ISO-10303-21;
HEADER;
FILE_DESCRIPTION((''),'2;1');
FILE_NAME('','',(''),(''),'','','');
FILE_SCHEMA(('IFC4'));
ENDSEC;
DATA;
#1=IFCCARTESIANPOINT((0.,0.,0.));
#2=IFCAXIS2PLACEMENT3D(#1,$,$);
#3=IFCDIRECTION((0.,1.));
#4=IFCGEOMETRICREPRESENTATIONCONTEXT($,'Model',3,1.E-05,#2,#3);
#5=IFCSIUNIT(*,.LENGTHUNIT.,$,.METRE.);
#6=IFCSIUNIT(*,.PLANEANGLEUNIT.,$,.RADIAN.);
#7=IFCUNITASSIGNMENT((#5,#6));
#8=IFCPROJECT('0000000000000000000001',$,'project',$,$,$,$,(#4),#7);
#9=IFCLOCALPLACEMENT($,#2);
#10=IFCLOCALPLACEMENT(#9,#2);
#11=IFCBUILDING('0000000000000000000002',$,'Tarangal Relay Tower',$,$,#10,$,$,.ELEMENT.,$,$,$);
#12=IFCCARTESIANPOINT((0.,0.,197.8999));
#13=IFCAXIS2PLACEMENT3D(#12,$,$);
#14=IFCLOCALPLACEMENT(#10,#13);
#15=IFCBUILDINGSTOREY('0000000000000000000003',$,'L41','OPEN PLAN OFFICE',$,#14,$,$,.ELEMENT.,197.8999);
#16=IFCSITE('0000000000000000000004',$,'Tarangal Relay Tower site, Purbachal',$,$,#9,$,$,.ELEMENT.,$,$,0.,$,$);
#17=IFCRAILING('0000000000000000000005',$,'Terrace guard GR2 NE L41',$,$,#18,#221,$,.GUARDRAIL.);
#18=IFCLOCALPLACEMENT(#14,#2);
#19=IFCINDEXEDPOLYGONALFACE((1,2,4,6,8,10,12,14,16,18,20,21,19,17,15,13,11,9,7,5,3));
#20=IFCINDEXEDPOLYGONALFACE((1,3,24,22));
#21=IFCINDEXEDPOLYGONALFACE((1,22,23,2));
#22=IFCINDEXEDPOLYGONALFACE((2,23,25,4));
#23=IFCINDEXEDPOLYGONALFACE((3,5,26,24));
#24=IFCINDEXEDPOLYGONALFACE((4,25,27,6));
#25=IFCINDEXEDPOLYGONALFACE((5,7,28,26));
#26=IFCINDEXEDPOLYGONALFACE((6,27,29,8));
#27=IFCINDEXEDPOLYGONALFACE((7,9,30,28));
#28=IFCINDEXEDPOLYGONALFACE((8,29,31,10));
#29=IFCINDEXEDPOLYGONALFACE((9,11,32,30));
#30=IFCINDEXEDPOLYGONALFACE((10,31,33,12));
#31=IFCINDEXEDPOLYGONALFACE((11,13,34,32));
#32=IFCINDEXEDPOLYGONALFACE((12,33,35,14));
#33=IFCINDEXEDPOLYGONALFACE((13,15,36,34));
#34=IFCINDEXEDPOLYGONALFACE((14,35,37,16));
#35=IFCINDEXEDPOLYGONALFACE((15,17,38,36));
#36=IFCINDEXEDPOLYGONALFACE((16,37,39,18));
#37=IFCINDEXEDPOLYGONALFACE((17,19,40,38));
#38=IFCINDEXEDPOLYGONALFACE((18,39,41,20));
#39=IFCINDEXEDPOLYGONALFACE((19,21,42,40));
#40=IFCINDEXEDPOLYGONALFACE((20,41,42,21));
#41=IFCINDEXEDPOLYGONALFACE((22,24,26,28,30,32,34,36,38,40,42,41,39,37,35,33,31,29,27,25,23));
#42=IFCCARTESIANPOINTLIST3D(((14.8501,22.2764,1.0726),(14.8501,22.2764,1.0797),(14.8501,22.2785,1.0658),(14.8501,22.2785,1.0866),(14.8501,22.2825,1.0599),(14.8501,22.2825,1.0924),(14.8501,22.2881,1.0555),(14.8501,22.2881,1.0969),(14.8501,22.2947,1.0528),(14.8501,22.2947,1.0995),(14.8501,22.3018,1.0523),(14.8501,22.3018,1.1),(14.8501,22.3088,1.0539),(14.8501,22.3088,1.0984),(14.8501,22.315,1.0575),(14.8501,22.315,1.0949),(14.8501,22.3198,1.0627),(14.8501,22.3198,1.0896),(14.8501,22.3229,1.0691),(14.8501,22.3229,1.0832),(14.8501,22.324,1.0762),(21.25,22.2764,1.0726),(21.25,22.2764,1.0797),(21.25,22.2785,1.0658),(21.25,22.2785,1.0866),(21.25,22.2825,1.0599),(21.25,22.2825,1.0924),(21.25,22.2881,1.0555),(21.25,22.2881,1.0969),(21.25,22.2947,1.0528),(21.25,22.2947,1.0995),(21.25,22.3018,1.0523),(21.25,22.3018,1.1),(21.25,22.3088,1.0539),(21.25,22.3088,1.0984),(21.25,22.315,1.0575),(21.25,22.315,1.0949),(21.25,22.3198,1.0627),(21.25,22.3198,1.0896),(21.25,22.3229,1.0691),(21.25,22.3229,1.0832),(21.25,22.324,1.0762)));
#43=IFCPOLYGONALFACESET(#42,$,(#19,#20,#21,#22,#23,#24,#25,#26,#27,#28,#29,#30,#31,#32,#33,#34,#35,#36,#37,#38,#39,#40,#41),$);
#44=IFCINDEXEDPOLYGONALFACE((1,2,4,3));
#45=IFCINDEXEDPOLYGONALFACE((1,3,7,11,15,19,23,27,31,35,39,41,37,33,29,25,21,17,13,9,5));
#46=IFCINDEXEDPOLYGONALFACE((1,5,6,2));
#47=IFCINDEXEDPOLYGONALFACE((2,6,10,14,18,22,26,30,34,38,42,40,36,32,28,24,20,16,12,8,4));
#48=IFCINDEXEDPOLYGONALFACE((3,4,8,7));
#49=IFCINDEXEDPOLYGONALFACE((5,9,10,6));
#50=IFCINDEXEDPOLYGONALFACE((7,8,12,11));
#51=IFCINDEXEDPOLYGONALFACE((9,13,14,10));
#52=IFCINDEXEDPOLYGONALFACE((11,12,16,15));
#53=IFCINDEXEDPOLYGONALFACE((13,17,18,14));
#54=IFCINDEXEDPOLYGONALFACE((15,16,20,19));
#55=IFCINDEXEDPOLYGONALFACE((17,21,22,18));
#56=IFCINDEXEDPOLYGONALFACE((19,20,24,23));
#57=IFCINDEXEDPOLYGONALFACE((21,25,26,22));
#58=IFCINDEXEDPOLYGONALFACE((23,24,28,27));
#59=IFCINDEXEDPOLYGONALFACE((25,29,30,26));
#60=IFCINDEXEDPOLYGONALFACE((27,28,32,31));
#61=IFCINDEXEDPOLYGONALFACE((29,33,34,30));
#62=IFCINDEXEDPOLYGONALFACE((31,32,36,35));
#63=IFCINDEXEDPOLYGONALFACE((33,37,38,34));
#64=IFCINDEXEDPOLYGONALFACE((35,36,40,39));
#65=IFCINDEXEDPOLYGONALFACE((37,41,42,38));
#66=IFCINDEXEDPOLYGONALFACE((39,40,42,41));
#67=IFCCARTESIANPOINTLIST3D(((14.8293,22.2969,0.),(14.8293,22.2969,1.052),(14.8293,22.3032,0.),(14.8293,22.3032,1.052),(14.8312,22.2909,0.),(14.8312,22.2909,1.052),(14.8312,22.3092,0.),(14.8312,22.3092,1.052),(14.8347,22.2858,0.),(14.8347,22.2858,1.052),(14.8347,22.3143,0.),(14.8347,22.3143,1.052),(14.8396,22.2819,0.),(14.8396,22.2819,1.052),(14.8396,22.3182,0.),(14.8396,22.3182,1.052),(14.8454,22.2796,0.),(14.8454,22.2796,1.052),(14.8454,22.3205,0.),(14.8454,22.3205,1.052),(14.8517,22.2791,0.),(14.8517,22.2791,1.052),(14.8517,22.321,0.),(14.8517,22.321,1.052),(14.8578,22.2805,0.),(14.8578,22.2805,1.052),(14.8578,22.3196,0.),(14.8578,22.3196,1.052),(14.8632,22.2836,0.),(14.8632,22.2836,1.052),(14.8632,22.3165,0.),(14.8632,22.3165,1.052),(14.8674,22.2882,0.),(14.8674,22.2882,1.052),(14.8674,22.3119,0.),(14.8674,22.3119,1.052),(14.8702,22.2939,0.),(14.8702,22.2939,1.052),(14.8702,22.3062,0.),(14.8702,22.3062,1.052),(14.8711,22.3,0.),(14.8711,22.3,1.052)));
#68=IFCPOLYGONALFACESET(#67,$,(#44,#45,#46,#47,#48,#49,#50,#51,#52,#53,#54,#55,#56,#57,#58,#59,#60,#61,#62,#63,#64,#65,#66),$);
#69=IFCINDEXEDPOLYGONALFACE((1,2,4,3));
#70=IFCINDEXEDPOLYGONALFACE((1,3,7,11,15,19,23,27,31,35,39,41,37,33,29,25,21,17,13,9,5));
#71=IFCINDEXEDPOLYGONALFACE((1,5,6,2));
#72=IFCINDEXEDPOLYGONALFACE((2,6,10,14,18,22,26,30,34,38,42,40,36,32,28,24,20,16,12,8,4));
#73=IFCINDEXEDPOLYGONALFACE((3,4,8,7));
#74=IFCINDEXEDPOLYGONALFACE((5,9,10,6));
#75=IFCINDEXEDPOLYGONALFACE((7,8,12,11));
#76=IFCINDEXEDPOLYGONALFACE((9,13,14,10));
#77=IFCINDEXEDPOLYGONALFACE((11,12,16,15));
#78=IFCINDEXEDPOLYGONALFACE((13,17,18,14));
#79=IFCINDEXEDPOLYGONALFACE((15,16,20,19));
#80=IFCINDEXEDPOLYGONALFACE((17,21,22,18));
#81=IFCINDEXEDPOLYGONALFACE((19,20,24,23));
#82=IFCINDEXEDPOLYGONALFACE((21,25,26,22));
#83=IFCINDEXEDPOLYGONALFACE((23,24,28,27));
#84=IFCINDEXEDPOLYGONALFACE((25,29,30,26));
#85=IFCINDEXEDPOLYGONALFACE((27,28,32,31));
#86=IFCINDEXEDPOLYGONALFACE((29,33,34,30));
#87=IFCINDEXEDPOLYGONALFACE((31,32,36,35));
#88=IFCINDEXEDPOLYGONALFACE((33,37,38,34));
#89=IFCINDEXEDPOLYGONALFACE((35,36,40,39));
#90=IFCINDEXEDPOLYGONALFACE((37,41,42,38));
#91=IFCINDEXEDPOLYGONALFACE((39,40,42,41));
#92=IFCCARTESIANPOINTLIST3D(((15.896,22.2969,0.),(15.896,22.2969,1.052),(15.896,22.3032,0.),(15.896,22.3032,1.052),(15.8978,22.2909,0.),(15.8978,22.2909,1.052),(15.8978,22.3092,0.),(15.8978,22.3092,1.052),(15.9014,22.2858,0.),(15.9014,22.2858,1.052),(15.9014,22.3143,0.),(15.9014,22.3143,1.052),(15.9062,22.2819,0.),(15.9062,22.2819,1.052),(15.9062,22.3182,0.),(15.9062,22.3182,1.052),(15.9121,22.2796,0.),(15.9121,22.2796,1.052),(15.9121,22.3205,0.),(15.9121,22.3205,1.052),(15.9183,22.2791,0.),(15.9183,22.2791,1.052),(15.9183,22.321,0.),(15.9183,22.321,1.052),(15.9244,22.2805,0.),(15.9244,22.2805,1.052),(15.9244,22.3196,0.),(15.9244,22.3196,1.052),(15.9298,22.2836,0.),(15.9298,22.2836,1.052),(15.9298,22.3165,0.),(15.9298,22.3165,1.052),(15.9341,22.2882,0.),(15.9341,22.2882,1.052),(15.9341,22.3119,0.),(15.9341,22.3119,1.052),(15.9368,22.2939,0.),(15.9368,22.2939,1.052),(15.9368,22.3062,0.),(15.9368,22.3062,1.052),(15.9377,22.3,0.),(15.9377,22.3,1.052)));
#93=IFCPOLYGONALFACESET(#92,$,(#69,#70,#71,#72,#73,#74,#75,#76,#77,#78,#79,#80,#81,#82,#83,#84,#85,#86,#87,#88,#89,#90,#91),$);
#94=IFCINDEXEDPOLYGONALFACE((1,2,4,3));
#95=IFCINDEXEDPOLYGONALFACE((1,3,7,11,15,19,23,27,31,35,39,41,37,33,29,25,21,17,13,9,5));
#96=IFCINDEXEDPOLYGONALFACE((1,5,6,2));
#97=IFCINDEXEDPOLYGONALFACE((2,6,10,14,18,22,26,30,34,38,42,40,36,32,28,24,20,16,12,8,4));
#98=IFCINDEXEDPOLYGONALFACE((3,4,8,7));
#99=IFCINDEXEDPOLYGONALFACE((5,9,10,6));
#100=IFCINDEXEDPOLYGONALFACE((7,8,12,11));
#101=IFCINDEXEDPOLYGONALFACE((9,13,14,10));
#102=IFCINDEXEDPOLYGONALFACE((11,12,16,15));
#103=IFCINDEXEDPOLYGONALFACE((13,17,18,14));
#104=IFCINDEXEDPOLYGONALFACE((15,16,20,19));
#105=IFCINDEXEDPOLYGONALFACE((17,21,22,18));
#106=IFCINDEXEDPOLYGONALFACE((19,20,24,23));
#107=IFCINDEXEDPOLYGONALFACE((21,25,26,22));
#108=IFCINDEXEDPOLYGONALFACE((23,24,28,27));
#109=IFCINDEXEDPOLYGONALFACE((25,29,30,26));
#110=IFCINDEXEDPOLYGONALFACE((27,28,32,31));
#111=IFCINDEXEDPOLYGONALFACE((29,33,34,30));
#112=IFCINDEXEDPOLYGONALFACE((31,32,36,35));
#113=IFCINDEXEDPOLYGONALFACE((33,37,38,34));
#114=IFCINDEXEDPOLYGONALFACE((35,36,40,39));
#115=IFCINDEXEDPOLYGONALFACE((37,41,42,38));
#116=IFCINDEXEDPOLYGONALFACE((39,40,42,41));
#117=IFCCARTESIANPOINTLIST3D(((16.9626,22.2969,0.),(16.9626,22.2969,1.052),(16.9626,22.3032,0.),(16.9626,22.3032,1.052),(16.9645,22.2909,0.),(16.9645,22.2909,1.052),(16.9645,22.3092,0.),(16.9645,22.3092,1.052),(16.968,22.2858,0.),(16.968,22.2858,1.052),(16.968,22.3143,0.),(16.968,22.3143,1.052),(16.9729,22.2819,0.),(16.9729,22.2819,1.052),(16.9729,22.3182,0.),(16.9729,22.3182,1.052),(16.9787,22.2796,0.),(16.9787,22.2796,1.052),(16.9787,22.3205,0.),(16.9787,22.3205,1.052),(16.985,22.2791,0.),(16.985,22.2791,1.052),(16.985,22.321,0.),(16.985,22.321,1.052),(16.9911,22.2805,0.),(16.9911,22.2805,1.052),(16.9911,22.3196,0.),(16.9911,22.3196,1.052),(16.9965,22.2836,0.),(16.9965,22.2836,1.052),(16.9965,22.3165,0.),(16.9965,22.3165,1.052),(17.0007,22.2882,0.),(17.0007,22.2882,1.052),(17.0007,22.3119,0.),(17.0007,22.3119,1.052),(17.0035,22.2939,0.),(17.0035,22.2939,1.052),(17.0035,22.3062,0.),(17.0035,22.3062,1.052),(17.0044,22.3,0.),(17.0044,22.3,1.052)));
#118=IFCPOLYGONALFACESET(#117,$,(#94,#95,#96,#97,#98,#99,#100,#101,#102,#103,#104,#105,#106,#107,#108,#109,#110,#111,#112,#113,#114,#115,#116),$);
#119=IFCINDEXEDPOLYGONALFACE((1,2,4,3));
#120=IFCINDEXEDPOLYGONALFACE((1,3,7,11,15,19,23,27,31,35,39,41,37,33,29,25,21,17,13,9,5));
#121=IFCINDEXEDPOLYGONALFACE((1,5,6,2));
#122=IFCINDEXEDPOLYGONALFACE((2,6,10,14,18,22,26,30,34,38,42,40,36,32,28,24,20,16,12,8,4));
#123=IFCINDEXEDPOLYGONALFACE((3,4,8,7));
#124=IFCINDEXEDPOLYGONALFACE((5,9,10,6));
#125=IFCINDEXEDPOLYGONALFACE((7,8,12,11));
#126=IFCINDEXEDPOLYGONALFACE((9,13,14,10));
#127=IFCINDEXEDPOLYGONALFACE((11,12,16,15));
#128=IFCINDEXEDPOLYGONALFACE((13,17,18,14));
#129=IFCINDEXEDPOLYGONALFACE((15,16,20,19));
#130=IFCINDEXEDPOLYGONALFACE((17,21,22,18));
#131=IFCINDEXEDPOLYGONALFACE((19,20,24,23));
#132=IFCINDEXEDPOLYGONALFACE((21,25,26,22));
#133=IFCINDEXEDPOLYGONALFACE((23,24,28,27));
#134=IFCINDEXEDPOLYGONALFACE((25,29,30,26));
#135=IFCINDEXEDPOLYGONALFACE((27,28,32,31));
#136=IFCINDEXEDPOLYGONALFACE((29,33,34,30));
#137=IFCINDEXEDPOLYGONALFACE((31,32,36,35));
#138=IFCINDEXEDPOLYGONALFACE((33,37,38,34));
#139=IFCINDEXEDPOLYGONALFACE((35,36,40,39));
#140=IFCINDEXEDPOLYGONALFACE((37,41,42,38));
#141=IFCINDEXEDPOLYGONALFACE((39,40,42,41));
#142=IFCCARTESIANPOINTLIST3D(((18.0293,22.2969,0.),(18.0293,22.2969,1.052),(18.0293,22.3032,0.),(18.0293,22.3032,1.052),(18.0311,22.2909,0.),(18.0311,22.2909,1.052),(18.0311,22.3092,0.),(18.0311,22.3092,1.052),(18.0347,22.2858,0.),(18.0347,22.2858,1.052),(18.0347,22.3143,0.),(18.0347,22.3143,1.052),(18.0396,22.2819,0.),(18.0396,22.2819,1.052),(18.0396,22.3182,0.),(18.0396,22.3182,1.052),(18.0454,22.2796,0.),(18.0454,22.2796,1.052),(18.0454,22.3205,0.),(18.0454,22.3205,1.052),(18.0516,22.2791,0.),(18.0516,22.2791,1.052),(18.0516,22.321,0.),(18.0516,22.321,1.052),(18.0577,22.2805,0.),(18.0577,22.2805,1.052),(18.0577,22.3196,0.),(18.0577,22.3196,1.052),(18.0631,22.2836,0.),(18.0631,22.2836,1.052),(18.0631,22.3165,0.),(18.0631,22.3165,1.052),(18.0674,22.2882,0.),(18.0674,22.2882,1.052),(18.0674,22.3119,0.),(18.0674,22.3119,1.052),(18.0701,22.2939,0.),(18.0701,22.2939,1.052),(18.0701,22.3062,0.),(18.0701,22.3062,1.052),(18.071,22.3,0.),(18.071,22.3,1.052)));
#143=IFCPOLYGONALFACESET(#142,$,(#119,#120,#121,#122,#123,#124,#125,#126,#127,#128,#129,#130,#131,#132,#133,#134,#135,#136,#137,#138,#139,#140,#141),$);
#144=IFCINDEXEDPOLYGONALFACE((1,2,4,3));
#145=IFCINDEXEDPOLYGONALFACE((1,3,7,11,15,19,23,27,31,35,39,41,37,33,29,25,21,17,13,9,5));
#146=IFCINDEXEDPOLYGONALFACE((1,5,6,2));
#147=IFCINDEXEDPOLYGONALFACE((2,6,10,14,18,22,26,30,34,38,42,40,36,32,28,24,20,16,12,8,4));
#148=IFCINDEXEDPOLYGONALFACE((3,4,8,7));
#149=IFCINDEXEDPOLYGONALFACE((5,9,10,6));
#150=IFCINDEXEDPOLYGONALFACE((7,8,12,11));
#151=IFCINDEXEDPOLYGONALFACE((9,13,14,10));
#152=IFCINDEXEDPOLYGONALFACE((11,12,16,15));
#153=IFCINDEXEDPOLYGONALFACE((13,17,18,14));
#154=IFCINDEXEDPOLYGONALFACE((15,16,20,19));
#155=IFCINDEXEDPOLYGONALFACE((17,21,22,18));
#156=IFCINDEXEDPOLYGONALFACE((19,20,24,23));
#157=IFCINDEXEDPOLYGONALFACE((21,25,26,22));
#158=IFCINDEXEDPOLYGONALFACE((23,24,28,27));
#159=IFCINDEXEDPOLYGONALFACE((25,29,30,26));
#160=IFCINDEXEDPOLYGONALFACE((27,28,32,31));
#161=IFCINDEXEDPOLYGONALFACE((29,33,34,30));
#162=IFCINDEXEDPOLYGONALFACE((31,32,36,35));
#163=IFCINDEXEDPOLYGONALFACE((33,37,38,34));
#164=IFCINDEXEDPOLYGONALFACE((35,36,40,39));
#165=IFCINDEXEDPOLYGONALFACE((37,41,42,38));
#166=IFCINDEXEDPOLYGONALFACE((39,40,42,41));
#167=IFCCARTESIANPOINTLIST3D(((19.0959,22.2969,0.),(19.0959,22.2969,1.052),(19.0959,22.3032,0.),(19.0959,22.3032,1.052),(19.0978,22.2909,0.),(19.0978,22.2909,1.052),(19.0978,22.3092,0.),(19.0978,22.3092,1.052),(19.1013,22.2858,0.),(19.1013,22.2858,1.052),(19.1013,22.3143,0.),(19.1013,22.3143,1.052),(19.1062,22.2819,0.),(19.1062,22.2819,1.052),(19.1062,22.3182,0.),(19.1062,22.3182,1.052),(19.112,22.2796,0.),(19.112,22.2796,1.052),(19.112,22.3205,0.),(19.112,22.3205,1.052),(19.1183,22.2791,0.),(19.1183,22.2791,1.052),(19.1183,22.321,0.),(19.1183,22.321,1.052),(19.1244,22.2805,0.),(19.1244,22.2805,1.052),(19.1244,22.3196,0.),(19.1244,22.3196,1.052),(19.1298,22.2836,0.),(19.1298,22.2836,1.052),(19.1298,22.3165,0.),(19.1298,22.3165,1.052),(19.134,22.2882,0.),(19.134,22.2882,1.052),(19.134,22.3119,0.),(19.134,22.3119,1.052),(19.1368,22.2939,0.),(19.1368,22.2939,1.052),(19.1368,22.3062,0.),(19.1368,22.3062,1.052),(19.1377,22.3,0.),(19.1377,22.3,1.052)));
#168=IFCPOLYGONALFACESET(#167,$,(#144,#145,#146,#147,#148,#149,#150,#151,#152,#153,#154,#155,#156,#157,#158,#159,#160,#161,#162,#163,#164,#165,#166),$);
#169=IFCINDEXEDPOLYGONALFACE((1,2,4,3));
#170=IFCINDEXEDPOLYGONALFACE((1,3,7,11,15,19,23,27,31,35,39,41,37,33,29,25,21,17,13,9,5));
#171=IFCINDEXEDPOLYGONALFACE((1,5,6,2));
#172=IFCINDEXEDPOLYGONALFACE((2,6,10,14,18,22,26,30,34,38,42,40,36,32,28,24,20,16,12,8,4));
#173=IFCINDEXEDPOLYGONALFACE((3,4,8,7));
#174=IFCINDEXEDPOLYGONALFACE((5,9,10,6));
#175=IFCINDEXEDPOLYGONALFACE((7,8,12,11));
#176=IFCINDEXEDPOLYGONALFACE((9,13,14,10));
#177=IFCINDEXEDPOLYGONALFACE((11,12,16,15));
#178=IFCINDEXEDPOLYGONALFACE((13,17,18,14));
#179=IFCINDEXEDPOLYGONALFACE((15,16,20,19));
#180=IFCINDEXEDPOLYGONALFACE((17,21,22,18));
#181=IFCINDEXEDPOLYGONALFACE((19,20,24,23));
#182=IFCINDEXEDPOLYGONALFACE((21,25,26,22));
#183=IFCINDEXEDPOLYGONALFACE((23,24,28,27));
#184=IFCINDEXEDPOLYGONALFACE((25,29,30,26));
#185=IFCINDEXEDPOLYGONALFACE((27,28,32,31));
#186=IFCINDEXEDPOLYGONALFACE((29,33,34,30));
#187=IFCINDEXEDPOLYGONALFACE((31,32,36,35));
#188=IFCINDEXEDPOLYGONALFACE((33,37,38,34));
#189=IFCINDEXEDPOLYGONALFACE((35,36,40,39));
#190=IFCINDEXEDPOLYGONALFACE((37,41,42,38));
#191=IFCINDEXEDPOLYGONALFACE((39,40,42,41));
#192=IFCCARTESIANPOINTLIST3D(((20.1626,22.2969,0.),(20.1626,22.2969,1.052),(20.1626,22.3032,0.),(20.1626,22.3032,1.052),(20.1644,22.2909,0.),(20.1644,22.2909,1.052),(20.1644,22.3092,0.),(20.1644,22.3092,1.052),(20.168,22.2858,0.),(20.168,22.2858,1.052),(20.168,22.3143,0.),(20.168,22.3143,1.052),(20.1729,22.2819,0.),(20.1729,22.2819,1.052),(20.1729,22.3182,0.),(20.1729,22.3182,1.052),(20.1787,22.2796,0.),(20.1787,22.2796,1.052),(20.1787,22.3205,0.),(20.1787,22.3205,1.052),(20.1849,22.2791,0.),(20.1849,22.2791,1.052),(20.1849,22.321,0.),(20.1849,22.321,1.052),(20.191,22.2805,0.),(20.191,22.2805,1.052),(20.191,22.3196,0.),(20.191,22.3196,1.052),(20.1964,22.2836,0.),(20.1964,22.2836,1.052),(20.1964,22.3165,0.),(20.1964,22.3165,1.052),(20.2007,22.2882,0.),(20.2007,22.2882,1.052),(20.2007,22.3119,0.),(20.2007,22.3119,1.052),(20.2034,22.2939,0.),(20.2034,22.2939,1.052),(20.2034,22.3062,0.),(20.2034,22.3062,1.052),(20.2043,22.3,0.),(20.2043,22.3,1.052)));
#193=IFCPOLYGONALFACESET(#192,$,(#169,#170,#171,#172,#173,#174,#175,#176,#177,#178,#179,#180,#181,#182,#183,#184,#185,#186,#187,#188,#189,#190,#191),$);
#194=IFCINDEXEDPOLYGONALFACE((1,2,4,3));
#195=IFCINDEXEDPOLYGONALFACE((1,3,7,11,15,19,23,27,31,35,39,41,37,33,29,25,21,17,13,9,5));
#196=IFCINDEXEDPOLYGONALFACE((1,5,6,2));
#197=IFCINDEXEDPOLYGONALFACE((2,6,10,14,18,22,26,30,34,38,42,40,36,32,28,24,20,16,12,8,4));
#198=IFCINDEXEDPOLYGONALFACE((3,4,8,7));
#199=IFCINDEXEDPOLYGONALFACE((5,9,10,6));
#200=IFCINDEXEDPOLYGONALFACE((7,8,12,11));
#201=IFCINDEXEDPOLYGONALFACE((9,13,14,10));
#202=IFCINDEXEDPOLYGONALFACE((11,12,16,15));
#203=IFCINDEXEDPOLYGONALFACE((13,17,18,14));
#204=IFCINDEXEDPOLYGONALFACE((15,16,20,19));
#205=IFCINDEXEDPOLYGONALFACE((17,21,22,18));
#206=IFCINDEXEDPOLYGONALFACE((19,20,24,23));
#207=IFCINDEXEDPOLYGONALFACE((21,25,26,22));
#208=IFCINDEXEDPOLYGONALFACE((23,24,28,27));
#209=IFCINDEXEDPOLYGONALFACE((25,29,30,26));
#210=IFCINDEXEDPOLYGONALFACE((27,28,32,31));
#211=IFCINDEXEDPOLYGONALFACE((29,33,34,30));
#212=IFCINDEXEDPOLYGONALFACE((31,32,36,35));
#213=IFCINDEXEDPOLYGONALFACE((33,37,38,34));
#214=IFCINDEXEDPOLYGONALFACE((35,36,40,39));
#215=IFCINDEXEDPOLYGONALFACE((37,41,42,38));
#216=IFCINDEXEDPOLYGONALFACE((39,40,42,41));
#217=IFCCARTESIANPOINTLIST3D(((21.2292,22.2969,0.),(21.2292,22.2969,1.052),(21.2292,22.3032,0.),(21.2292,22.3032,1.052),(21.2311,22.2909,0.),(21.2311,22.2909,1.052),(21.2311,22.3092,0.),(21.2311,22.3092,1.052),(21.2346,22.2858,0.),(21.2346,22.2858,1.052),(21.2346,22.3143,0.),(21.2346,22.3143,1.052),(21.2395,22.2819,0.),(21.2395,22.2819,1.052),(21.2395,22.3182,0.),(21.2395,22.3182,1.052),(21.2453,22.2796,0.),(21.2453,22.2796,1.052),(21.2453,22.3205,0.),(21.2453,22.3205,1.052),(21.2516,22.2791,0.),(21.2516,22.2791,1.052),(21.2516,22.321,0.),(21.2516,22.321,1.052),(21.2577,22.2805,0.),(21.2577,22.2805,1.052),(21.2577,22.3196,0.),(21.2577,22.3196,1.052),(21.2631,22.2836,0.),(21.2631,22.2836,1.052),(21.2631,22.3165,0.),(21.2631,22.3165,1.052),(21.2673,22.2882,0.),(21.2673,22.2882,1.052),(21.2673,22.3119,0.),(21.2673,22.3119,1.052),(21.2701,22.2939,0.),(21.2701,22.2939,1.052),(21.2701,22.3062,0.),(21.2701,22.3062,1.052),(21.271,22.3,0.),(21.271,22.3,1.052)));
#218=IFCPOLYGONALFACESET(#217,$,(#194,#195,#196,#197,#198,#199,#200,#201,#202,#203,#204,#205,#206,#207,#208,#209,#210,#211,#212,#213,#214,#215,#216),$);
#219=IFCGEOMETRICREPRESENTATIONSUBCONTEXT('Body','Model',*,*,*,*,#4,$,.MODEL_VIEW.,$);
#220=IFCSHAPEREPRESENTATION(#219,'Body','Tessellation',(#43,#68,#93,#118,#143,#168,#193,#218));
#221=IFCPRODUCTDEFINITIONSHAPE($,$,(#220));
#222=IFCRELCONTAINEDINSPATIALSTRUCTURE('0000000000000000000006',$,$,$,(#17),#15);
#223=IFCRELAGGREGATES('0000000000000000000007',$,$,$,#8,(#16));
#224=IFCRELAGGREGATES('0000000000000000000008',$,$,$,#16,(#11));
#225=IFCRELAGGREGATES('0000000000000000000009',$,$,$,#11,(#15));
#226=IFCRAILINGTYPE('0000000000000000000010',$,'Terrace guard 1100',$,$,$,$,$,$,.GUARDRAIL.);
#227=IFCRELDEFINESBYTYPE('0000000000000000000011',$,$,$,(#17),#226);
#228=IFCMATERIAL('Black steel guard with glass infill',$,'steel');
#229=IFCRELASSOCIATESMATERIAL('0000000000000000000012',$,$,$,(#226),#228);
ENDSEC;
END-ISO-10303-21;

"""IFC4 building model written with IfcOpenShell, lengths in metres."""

from ifc_helpers import new_model, si_unit, direction, frame, origin, origin_2d, place, context, subcontext, project, spatial, circle, extrude, material, type_object, element, save


model = new_model("IFC4")

# Units and contexts
model_context = context("Model", 3, precision=1e-05, world=origin(), true_north=direction((0.0, 1.0)))
body_context = subcontext(model_context, "Body", "Model", "MODEL_VIEW")
ifc_project = project(units=[si_unit("LENGTHUNIT", "METRE"), si_unit("PLANEANGLEUNIT", "RADIAN")], contexts=[model_context])

# Site, building, storey
site_placement = place(None, origin())
site = spatial("IfcSite", under=ifc_project, at=site_placement, Name="Tarangal Relay Tower site, Purbachal", CompositionType="ELEMENT", RefElevation=0.0)
building_placement = place(site_placement, origin())
building = spatial("IfcBuilding", under=site, at=building_placement, Name="Tarangal Relay Tower", CompositionType="ELEMENT")
storey_placement = place(building_placement, frame((0.0, 0.0, 197.8999)))
storey = spatial("IfcBuildingStorey", under=building, at=storey_placement, Name="L41", Description="OPEN PLAN OFFICE", CompositionType="ELEMENT", Elevation=197.8999)

# Railing
ifc_material_1 = material(Name="Black steel guard with glass infill", Category="steel")
railing_type = type_object("IfcRailingType", Name="Terrace guard 1100", PredefinedType="GUARDRAIL", material=ifc_material_1)
railing_1_placement = place(storey_placement, frame((14.8501, 22.3, 0.0)))
element("IfcRailing", 1, at=railing_1_placement, inside=storey, type_object=railing_type, Name="Terrace guard GR2 NE L41", PredefinedType="GUARDRAIL", context=body_context, shape_type="SweptSolid", body=[
    extrude(circle(Radius=0.0239, at=origin_2d()), frame((0.0, 0.0, 1.0762), z_axis=(1.0, 0.0, 0.0), x_axis=(0.0, 1.0, 0.0)), (0.0, 0.0, 1.0), 6.3999),
    extrude(circle(Radius=0.021, at=origin_2d()), origin(), (0.0, 0.0, 1.0), 1.052),
    extrude(circle(Radius=0.021, at=origin_2d()), frame((1.0667, 0.0, 0.0)), (0.0, 0.0, 1.0), 1.052),
    extrude(circle(Radius=0.021, at=origin_2d()), frame((2.1333, 0.0, 0.0)), (0.0, 0.0, 1.0), 1.052),
    extrude(circle(Radius=0.021, at=origin_2d()), frame((3.2, 0.0, 0.0)), (0.0, 0.0, 1.0), 1.052),
    extrude(circle(Radius=0.021, at=origin_2d()), frame((4.2666, 0.0, 0.0)), (0.0, 0.0, 1.0), 1.052),
    extrude(circle(Radius=0.021, at=origin_2d()), frame((5.3333, 0.0, 0.0)), (0.0, 0.0, 1.0), 1.052),
    extrude(circle(Radius=0.021, at=origin_2d()), frame((6.3999, 0.0, 0.0)), (0.0, 0.0, 1.0), 1.052),
])

save(model, "model.ifc")
